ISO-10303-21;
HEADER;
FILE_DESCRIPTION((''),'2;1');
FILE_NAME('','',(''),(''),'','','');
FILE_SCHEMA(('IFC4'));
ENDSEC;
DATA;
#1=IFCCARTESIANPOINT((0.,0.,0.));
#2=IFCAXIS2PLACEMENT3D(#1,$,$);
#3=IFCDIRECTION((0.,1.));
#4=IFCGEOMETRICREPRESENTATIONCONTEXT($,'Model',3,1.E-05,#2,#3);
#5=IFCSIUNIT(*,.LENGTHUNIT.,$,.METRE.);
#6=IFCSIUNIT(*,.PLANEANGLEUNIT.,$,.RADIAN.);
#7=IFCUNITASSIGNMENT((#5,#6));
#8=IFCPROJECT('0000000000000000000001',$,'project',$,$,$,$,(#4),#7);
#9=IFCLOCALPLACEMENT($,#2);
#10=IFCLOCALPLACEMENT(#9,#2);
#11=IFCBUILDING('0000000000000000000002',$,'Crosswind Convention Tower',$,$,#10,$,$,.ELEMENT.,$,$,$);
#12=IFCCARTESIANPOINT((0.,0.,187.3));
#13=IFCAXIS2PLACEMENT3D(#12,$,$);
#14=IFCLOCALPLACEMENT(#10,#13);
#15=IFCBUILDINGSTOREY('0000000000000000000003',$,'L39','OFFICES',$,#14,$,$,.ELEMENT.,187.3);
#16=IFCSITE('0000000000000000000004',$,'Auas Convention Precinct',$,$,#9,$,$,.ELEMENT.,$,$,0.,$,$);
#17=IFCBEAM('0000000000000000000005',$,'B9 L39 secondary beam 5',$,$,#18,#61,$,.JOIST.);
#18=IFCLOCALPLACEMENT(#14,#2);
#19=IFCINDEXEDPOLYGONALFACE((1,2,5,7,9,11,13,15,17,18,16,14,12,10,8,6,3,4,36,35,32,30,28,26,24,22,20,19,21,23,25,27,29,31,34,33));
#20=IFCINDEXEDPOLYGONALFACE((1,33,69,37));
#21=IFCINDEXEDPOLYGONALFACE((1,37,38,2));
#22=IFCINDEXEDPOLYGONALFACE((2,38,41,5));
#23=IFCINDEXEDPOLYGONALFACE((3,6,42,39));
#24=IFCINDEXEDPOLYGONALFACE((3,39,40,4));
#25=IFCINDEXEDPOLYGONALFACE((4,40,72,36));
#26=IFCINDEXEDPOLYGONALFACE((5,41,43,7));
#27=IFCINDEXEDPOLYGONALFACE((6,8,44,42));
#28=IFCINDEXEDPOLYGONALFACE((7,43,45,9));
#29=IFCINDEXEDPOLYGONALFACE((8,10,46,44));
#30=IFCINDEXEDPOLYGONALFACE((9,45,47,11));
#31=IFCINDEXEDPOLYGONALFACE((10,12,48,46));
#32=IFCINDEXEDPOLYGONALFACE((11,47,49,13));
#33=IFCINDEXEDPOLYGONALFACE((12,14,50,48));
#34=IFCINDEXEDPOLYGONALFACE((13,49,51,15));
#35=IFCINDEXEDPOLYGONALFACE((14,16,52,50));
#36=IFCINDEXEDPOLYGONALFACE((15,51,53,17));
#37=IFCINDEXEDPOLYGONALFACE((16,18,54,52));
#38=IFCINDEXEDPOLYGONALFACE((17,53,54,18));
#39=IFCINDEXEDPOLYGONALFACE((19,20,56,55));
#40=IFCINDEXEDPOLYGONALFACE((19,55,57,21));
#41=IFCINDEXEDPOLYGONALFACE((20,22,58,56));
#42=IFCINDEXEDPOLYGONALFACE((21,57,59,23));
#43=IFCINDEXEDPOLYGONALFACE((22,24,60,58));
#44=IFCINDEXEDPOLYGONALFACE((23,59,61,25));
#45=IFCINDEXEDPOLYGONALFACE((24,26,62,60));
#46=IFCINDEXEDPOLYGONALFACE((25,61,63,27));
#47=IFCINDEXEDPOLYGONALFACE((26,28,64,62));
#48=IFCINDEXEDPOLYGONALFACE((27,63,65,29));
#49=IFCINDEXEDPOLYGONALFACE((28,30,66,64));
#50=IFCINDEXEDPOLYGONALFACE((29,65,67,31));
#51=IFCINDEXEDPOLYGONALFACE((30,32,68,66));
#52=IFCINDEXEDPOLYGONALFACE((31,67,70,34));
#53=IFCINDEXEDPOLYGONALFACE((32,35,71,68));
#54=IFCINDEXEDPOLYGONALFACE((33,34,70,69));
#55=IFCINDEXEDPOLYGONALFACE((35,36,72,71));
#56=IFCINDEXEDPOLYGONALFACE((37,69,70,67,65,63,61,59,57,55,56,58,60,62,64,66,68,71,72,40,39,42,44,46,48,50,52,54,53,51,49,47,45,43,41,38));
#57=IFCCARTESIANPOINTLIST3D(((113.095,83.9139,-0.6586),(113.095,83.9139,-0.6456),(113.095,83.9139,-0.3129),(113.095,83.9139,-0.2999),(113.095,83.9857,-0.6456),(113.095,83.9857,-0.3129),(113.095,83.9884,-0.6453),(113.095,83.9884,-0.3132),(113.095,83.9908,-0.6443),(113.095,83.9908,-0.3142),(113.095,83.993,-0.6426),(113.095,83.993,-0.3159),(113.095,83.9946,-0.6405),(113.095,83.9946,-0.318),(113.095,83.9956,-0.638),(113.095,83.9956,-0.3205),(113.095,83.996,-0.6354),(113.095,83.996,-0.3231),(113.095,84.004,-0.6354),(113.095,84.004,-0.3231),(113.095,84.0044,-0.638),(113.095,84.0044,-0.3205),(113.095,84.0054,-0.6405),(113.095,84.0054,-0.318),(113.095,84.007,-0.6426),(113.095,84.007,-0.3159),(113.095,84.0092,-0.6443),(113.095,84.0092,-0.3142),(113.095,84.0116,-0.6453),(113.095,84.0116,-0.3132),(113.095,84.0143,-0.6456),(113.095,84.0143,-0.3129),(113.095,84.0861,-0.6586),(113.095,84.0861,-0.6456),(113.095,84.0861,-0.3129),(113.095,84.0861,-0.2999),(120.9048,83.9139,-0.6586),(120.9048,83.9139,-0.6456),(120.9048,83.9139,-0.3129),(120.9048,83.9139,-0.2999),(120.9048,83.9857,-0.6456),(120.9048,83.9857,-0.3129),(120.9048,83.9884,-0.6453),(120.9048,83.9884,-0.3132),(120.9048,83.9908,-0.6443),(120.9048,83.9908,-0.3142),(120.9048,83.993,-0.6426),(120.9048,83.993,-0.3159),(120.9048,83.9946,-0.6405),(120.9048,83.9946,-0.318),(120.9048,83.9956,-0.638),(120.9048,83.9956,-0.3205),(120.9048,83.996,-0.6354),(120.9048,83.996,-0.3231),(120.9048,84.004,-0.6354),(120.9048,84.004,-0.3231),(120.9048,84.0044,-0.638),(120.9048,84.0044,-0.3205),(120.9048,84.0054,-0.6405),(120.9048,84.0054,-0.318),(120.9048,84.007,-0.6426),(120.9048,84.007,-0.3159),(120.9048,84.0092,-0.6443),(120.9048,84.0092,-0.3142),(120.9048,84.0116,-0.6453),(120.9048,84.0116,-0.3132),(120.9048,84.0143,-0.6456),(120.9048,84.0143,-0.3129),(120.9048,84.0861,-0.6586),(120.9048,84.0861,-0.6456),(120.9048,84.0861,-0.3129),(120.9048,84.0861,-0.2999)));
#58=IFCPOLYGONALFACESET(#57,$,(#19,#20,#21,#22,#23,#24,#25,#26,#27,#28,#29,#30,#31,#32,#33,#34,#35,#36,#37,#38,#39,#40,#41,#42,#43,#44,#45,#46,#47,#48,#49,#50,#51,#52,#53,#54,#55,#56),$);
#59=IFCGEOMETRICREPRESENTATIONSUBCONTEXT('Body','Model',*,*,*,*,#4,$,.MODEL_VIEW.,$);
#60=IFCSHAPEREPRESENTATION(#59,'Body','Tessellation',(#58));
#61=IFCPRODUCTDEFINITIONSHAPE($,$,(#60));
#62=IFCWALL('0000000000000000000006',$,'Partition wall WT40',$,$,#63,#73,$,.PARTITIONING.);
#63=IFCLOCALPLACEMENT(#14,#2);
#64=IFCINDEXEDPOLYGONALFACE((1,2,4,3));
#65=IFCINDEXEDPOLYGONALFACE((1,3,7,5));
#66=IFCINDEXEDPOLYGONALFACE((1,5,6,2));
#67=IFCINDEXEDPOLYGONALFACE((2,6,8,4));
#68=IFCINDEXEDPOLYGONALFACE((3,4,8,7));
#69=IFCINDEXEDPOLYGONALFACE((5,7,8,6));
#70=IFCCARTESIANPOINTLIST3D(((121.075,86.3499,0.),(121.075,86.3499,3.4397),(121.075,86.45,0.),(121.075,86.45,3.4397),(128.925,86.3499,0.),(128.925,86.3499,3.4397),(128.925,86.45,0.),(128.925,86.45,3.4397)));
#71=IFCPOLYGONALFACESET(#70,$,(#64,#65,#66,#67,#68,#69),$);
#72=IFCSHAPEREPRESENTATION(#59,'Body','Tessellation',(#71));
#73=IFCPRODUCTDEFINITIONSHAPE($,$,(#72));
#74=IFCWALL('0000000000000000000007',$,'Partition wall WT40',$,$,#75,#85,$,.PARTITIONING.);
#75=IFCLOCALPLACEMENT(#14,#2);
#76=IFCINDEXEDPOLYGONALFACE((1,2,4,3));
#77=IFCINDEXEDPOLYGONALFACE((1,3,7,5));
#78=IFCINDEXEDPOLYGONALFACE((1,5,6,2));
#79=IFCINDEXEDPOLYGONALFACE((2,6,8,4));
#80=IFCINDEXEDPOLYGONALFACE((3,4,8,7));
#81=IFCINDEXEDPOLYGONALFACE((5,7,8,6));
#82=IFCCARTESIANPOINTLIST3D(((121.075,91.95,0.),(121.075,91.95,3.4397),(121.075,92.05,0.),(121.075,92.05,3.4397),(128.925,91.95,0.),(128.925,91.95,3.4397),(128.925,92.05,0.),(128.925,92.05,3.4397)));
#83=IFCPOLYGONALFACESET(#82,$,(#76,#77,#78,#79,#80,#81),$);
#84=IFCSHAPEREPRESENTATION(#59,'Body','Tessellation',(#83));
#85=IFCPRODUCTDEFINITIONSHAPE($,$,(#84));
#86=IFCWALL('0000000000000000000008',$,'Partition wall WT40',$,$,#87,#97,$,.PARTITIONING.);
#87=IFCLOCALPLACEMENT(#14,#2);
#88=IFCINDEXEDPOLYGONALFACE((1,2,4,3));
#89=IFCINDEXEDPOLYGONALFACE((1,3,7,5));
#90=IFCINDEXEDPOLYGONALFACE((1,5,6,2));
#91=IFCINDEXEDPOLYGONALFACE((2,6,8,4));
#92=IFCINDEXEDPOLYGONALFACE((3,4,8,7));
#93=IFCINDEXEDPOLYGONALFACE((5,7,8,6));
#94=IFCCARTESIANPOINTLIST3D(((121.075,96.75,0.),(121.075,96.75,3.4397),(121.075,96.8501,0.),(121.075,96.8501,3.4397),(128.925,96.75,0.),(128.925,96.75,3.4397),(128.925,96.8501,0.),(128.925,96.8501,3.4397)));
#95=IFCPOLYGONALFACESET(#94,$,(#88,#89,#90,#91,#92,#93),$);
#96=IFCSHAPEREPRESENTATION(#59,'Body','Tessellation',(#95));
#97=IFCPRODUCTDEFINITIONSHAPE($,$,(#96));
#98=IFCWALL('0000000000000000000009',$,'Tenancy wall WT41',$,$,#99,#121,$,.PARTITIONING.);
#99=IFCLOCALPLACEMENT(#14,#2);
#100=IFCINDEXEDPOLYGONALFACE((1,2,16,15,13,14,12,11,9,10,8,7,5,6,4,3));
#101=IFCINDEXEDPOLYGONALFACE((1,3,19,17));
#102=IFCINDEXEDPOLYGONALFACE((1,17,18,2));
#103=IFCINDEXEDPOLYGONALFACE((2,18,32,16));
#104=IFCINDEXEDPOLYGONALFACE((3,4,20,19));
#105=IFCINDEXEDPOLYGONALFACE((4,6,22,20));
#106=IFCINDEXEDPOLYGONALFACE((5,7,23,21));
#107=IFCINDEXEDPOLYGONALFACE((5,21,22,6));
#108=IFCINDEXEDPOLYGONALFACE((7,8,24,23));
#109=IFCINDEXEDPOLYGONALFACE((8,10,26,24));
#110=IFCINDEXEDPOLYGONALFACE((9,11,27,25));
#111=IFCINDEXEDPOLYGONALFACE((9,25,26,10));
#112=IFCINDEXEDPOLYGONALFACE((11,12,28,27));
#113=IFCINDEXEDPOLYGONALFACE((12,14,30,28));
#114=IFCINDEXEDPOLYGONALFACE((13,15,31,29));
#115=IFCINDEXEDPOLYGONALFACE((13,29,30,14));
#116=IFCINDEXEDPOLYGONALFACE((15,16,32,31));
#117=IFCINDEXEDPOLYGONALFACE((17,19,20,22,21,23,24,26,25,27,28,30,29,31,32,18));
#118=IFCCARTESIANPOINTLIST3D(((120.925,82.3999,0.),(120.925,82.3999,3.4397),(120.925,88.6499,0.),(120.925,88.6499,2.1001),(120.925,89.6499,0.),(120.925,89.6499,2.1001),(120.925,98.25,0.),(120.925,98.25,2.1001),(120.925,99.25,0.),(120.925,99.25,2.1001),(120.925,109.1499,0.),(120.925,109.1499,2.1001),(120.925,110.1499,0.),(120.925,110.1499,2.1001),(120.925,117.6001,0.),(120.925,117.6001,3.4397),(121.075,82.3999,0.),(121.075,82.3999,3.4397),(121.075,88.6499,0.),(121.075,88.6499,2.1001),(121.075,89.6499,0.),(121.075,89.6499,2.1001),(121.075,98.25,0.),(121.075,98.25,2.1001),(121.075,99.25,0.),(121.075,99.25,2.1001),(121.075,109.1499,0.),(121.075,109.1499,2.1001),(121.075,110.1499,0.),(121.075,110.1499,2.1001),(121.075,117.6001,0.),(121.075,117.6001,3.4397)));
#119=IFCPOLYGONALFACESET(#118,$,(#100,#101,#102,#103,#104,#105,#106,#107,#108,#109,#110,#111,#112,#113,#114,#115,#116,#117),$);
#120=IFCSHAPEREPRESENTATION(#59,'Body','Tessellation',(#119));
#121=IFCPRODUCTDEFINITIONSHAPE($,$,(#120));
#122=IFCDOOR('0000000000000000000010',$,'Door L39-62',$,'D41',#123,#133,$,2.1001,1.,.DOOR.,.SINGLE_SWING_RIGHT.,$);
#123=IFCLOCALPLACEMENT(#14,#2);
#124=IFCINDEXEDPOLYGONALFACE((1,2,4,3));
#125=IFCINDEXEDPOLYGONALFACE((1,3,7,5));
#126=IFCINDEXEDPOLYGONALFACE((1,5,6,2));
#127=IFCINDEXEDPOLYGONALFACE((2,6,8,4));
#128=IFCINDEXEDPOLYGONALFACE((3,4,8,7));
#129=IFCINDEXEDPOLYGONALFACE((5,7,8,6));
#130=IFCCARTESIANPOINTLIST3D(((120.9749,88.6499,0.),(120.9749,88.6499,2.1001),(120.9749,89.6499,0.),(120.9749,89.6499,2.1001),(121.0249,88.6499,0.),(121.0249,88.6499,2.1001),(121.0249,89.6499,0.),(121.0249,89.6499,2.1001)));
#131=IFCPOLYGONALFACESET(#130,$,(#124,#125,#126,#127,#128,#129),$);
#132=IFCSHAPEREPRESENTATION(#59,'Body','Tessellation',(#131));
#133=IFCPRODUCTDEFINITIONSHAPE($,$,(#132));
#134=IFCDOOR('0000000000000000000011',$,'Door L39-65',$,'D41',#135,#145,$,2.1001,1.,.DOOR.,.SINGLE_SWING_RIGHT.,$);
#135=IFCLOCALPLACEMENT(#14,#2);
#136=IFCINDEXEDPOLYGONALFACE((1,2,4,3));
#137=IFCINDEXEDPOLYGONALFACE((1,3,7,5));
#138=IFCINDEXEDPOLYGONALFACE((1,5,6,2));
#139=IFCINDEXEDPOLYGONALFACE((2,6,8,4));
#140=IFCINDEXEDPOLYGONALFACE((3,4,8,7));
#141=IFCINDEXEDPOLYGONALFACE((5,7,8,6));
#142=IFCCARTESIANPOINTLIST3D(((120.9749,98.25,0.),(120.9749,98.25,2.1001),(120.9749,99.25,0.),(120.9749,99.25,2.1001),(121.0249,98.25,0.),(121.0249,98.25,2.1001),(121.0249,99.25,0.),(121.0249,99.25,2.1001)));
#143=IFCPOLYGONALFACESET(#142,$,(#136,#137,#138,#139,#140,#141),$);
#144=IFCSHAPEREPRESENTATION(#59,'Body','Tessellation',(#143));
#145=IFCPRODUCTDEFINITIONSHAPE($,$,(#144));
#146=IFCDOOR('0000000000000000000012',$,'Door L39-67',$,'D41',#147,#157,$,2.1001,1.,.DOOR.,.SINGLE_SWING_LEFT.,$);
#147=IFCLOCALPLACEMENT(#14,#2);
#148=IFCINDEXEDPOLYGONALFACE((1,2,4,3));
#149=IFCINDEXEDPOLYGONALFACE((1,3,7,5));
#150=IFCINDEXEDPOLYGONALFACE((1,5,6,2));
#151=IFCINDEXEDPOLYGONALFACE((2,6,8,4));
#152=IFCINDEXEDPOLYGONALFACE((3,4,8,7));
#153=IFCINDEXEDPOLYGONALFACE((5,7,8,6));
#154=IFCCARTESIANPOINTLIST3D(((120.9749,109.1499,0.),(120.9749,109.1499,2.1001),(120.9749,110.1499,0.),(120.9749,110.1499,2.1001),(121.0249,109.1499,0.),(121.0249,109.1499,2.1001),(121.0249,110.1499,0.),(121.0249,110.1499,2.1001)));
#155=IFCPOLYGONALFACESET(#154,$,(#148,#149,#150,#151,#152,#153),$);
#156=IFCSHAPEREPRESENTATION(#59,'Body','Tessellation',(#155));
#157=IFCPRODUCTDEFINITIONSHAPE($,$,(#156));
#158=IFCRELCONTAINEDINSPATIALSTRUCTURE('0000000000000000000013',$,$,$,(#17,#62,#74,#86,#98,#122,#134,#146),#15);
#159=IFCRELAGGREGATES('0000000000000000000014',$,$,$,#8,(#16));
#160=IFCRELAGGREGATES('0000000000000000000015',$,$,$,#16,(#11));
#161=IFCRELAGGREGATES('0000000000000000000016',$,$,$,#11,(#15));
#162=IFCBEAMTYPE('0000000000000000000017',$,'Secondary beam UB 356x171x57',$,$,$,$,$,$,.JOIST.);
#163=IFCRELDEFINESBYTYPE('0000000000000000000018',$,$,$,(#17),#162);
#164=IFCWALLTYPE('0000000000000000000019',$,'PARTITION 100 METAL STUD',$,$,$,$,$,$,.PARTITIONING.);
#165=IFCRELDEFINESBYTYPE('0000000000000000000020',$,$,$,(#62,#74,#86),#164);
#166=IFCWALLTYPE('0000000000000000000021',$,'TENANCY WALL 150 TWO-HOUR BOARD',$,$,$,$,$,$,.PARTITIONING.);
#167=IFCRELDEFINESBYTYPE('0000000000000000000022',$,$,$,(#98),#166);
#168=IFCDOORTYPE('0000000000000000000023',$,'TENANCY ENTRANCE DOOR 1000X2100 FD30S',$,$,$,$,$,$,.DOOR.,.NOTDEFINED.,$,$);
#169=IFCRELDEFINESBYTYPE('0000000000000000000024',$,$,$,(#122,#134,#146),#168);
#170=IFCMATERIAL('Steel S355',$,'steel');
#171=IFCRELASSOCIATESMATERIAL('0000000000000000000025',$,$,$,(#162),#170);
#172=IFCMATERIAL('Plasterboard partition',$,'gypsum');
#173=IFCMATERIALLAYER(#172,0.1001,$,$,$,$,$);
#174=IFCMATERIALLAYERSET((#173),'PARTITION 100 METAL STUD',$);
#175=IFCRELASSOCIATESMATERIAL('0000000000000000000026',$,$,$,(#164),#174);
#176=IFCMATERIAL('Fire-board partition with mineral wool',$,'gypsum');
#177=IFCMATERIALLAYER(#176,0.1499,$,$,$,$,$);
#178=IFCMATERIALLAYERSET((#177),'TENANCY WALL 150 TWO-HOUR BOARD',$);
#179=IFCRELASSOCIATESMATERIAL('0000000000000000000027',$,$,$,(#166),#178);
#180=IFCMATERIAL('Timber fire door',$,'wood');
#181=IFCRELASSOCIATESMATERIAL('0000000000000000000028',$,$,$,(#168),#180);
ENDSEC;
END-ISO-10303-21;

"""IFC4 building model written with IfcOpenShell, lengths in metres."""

from ifc_helpers import new_model, si_unit, direction, frame, frame_2d, origin, origin_2d, place, context, subcontext, project, spatial, rectangle, i_section, extrude, material, layer, layer_set, material_profile, profile_set, type_object, element, fill, save


model = new_model("IFC4")

# Units and contexts
model_context = context("Model", 3, precision=1e-05, world=origin(), true_north=direction((0.0, 1.0)))
body_context = subcontext(model_context, "Body", "Model", "MODEL_VIEW")
ifc_project = project(units=[si_unit("LENGTHUNIT", "METRE"), si_unit("PLANEANGLEUNIT", "RADIAN")], contexts=[model_context])

# Site, building, storey
site_placement = place(None, origin())
site = spatial("IfcSite", under=ifc_project, at=site_placement, Name="Auas Convention Precinct", CompositionType="ELEMENT", RefElevation=0.0)
building_placement = place(site_placement, origin())
building = spatial("IfcBuilding", under=site, at=building_placement, Name="Crosswind Convention Tower", CompositionType="ELEMENT")
storey_placement = place(building_placement, frame((0.0, 0.0, 187.3)))
storey = spatial("IfcBuildingStorey", under=building, at=storey_placement, Name="L39", Description="OFFICES", CompositionType="ELEMENT", Elevation=187.3)

# Beam
ifc_material_1 = material(Name="Steel S355", Category="steel")
ifc_material_profile_1 = material_profile(ifc_material_1, i_section(OverallWidth=0.1721, OverallDepth=0.3586, WebThickness=0.0081, FlangeThickness=0.0129, FilletRadius=0.0103, at=origin_2d()), Name="UB 356x171x57")
ifc_profile_set_1 = profile_set([ifc_material_profile_1], Name="Steel S355")
beam_type_1 = type_object("IfcBeamType", Name="Secondary beam UB 356x171x57", PredefinedType="JOIST", material=ifc_profile_set_1)
beam_1_placement = place(storey_placement, frame((113.095, 84.0, -0.4792), z_axis=(1.0, 0.0, 0.0), x_axis=(0.0, 1.0, 0.0)))
element("IfcBeam", 1, at=beam_1_placement, inside=storey, type_object=beam_type_1, Name="B9 L39 secondary beam 5", PredefinedType="JOIST", context=body_context, shape_type="SweptSolid", body=[
    extrude(i_section(OverallWidth=0.1721, OverallDepth=0.3586, WebThickness=0.0081, FlangeThickness=0.0129, FilletRadius=0.0103, at=origin_2d()), origin(), (0.0, 0.0, 1.0), 7.8098),
])

# Walls
ifc_material_2 = material(Name="Plasterboard partition", Category="gypsum")
ifc_layer_1 = layer(ifc_material_2, 0.1001)
ifc_layer_set_1 = layer_set([ifc_layer_1], Name="PARTITION 100 METAL STUD")
wall_type_1 = type_object("IfcWallType", Name="PARTITION 100 METAL STUD", PredefinedType="PARTITIONING", material=ifc_layer_set_1)
for number, where, z_axis, x_axis, name in (
    (2, (121.075, 86.3999, 0.0), (0.0, 0.0, 1.0), (1.0, 0.0, 0.0), "Partition wall WT40"),
    (3, (121.075, 92.0, 0.0), (0.0, 0.0, 1.0), (1.0, 0.0, 0.0), "Partition wall WT40"),
    (4, (121.075, 96.8, 0.0), (0.0, 0.0, 1.0), (1.0, 0.0, 0.0), "Partition wall WT40"),
):
    element("IfcWall", number, at=place(storey_placement, frame(where, z_axis=z_axis, x_axis=x_axis)), inside=storey, type_object=wall_type_1, Name=name, PredefinedType="PARTITIONING", context=body_context, shape_type="SweptSolid", body=[
        extrude(rectangle(XDim=7.8501, YDim=0.1001, at=frame_2d((3.925, 0.0))), origin(), (0.0, 0.0, 1.0), 3.4397),
    ])

# Wall, openings, doors
ifc_material_3 = material(Name="Fire-board partition with mineral wool", Category="gypsum")
ifc_layer_2 = layer(ifc_material_3, 0.1499)
ifc_layer_set_2 = layer_set([ifc_layer_2], Name="TENANCY WALL 150 TWO-HOUR BOARD")
wall_type_2 = type_object("IfcWallType", Name="TENANCY WALL 150 TWO-HOUR BOARD", PredefinedType="PARTITIONING", material=ifc_layer_set_2)
wall_1_placement = place(storey_placement, frame((121.0, 82.3999, 0.0), z_axis=(0.0, 0.0, 1.0), x_axis=(0.0, 1.0, 0.0)))
wall_1 = element("IfcWall", 5, at=wall_1_placement, inside=storey, type_object=wall_type_2, Name="Tenancy wall WT41", PredefinedType="PARTITIONING", context=body_context, shape_type="SweptSolid", body=[
    extrude(rectangle(XDim=35.2002, YDim=0.1499, at=frame_2d((17.6001, 0.0))), origin(), (0.0, 0.0, 1.0), 3.4397),
])
opening_1_placement = place(wall_1_placement, frame((6.25, 0.0, 0.0)))
opening_1 = element("IfcOpeningElement", 6, at=opening_1_placement, cuts=wall_1, PredefinedType="OPENING", context=body_context, shape_type="SweptSolid", body=[
    extrude(rectangle(XDim=1.0, YDim=2.1001, at=frame_2d((0.5, 1.05))), frame((0.0, 0.085, 0.0), z_axis=(0.0, -1.0, 0.0), x_axis=(1.0, 0.0, 0.0)), (0.0, 0.0, 1.0), 0.1699),
])
opening_2_placement = place(wall_1_placement, frame((15.8501, 0.0, 0.0)))
opening_2 = element("IfcOpeningElement", 7, at=opening_2_placement, cuts=wall_1, PredefinedType="OPENING", context=body_context, shape_type="SweptSolid", body=[
    extrude(rectangle(XDim=1.0, YDim=2.1001, at=frame_2d((0.5, 1.05))), frame((0.0, 0.085, 0.0), z_axis=(0.0, -1.0, 0.0), x_axis=(1.0, 0.0, 0.0)), (0.0, 0.0, 1.0), 0.1699),
])
opening_3_placement = place(wall_1_placement, frame((26.75, 0.0, 0.0)))
opening_3 = element("IfcOpeningElement", 8, at=opening_3_placement, cuts=wall_1, PredefinedType="OPENING", context=body_context, shape_type="SweptSolid", body=[
    extrude(rectangle(XDim=1.0, YDim=2.1001, at=frame_2d((0.5, 1.05))), frame((0.0, 0.085, 0.0), z_axis=(0.0, -1.0, 0.0), x_axis=(1.0, 0.0, 0.0)), (0.0, 0.0, 1.0), 0.1699),
])
ifc_material_4 = material(Name="Timber fire door", Category="wood")
door_type = type_object("IfcDoorType", Name="TENANCY ENTRANCE DOOR 1000X2100 FD30S", OperationType="NOTDEFINED", PredefinedType="DOOR", material=ifc_material_4)
door_1_placement = place(opening_1_placement, frame((1.0, 0.0, 0.0), z_axis=(0.0, 0.0, 1.0), x_axis=(-1.0, 0.0, 0.0)))
door_1 = element("IfcDoor", 9, at=door_1_placement, inside=storey, type_object=door_type, Name="Door L39-62", ObjectType="D41", OperationType="SINGLE_SWING_RIGHT", OverallHeight=2.1001, OverallWidth=1.0, PredefinedType="DOOR", context=body_context, shape_type="SweptSolid", body=[
    extrude(rectangle(XDim=1.0, YDim=2.1001, at=frame_2d((0.5, 1.05))), frame((0.0, 0.0249, 0.0), z_axis=(0.0, -1.0, 0.0), x_axis=(1.0, 0.0, 0.0)), (0.0, 0.0, 1.0), 0.05),
])
fill(opening_1, door_1)
door_2_placement = place(opening_2_placement, frame((1.0, 0.0, 0.0), z_axis=(0.0, 0.0, 1.0), x_axis=(-1.0, 0.0, 0.0)))
door_2 = element("IfcDoor", 10, at=door_2_placement, inside=storey, type_object=door_type, Name="Door L39-65", ObjectType="D41", OperationType="SINGLE_SWING_RIGHT", OverallHeight=2.1001, OverallWidth=1.0, PredefinedType="DOOR", context=body_context, shape_type="SweptSolid", body=[
    extrude(rectangle(XDim=1.0, YDim=2.1001, at=frame_2d((0.5, 1.05))), frame((0.0, 0.0249, 0.0), z_axis=(0.0, -1.0, 0.0), x_axis=(1.0, 0.0, 0.0)), (0.0, 0.0, 1.0), 0.05),
])
fill(opening_2, door_2)
door_3_placement = place(opening_3_placement, frame((1.0, 0.0, 0.0), z_axis=(0.0, 0.0, 1.0), x_axis=(-1.0, 0.0, 0.0)))
door_3 = element("IfcDoor", 11, at=door_3_placement, inside=storey, type_object=door_type, Name="Door L39-67", ObjectType="D41", OperationType="SINGLE_SWING_LEFT", OverallHeight=2.1001, OverallWidth=1.0, PredefinedType="DOOR", context=body_context, shape_type="SweptSolid", body=[
    extrude(rectangle(XDim=1.0, YDim=2.1001, at=frame_2d((0.5, 1.05))), frame((0.0, 0.0249, 0.0), z_axis=(0.0, -1.0, 0.0), x_axis=(1.0, 0.0, 0.0)), (0.0, 0.0, 1.0), 0.05),
])
fill(opening_3, door_3)

save(model, "model.ifc")
